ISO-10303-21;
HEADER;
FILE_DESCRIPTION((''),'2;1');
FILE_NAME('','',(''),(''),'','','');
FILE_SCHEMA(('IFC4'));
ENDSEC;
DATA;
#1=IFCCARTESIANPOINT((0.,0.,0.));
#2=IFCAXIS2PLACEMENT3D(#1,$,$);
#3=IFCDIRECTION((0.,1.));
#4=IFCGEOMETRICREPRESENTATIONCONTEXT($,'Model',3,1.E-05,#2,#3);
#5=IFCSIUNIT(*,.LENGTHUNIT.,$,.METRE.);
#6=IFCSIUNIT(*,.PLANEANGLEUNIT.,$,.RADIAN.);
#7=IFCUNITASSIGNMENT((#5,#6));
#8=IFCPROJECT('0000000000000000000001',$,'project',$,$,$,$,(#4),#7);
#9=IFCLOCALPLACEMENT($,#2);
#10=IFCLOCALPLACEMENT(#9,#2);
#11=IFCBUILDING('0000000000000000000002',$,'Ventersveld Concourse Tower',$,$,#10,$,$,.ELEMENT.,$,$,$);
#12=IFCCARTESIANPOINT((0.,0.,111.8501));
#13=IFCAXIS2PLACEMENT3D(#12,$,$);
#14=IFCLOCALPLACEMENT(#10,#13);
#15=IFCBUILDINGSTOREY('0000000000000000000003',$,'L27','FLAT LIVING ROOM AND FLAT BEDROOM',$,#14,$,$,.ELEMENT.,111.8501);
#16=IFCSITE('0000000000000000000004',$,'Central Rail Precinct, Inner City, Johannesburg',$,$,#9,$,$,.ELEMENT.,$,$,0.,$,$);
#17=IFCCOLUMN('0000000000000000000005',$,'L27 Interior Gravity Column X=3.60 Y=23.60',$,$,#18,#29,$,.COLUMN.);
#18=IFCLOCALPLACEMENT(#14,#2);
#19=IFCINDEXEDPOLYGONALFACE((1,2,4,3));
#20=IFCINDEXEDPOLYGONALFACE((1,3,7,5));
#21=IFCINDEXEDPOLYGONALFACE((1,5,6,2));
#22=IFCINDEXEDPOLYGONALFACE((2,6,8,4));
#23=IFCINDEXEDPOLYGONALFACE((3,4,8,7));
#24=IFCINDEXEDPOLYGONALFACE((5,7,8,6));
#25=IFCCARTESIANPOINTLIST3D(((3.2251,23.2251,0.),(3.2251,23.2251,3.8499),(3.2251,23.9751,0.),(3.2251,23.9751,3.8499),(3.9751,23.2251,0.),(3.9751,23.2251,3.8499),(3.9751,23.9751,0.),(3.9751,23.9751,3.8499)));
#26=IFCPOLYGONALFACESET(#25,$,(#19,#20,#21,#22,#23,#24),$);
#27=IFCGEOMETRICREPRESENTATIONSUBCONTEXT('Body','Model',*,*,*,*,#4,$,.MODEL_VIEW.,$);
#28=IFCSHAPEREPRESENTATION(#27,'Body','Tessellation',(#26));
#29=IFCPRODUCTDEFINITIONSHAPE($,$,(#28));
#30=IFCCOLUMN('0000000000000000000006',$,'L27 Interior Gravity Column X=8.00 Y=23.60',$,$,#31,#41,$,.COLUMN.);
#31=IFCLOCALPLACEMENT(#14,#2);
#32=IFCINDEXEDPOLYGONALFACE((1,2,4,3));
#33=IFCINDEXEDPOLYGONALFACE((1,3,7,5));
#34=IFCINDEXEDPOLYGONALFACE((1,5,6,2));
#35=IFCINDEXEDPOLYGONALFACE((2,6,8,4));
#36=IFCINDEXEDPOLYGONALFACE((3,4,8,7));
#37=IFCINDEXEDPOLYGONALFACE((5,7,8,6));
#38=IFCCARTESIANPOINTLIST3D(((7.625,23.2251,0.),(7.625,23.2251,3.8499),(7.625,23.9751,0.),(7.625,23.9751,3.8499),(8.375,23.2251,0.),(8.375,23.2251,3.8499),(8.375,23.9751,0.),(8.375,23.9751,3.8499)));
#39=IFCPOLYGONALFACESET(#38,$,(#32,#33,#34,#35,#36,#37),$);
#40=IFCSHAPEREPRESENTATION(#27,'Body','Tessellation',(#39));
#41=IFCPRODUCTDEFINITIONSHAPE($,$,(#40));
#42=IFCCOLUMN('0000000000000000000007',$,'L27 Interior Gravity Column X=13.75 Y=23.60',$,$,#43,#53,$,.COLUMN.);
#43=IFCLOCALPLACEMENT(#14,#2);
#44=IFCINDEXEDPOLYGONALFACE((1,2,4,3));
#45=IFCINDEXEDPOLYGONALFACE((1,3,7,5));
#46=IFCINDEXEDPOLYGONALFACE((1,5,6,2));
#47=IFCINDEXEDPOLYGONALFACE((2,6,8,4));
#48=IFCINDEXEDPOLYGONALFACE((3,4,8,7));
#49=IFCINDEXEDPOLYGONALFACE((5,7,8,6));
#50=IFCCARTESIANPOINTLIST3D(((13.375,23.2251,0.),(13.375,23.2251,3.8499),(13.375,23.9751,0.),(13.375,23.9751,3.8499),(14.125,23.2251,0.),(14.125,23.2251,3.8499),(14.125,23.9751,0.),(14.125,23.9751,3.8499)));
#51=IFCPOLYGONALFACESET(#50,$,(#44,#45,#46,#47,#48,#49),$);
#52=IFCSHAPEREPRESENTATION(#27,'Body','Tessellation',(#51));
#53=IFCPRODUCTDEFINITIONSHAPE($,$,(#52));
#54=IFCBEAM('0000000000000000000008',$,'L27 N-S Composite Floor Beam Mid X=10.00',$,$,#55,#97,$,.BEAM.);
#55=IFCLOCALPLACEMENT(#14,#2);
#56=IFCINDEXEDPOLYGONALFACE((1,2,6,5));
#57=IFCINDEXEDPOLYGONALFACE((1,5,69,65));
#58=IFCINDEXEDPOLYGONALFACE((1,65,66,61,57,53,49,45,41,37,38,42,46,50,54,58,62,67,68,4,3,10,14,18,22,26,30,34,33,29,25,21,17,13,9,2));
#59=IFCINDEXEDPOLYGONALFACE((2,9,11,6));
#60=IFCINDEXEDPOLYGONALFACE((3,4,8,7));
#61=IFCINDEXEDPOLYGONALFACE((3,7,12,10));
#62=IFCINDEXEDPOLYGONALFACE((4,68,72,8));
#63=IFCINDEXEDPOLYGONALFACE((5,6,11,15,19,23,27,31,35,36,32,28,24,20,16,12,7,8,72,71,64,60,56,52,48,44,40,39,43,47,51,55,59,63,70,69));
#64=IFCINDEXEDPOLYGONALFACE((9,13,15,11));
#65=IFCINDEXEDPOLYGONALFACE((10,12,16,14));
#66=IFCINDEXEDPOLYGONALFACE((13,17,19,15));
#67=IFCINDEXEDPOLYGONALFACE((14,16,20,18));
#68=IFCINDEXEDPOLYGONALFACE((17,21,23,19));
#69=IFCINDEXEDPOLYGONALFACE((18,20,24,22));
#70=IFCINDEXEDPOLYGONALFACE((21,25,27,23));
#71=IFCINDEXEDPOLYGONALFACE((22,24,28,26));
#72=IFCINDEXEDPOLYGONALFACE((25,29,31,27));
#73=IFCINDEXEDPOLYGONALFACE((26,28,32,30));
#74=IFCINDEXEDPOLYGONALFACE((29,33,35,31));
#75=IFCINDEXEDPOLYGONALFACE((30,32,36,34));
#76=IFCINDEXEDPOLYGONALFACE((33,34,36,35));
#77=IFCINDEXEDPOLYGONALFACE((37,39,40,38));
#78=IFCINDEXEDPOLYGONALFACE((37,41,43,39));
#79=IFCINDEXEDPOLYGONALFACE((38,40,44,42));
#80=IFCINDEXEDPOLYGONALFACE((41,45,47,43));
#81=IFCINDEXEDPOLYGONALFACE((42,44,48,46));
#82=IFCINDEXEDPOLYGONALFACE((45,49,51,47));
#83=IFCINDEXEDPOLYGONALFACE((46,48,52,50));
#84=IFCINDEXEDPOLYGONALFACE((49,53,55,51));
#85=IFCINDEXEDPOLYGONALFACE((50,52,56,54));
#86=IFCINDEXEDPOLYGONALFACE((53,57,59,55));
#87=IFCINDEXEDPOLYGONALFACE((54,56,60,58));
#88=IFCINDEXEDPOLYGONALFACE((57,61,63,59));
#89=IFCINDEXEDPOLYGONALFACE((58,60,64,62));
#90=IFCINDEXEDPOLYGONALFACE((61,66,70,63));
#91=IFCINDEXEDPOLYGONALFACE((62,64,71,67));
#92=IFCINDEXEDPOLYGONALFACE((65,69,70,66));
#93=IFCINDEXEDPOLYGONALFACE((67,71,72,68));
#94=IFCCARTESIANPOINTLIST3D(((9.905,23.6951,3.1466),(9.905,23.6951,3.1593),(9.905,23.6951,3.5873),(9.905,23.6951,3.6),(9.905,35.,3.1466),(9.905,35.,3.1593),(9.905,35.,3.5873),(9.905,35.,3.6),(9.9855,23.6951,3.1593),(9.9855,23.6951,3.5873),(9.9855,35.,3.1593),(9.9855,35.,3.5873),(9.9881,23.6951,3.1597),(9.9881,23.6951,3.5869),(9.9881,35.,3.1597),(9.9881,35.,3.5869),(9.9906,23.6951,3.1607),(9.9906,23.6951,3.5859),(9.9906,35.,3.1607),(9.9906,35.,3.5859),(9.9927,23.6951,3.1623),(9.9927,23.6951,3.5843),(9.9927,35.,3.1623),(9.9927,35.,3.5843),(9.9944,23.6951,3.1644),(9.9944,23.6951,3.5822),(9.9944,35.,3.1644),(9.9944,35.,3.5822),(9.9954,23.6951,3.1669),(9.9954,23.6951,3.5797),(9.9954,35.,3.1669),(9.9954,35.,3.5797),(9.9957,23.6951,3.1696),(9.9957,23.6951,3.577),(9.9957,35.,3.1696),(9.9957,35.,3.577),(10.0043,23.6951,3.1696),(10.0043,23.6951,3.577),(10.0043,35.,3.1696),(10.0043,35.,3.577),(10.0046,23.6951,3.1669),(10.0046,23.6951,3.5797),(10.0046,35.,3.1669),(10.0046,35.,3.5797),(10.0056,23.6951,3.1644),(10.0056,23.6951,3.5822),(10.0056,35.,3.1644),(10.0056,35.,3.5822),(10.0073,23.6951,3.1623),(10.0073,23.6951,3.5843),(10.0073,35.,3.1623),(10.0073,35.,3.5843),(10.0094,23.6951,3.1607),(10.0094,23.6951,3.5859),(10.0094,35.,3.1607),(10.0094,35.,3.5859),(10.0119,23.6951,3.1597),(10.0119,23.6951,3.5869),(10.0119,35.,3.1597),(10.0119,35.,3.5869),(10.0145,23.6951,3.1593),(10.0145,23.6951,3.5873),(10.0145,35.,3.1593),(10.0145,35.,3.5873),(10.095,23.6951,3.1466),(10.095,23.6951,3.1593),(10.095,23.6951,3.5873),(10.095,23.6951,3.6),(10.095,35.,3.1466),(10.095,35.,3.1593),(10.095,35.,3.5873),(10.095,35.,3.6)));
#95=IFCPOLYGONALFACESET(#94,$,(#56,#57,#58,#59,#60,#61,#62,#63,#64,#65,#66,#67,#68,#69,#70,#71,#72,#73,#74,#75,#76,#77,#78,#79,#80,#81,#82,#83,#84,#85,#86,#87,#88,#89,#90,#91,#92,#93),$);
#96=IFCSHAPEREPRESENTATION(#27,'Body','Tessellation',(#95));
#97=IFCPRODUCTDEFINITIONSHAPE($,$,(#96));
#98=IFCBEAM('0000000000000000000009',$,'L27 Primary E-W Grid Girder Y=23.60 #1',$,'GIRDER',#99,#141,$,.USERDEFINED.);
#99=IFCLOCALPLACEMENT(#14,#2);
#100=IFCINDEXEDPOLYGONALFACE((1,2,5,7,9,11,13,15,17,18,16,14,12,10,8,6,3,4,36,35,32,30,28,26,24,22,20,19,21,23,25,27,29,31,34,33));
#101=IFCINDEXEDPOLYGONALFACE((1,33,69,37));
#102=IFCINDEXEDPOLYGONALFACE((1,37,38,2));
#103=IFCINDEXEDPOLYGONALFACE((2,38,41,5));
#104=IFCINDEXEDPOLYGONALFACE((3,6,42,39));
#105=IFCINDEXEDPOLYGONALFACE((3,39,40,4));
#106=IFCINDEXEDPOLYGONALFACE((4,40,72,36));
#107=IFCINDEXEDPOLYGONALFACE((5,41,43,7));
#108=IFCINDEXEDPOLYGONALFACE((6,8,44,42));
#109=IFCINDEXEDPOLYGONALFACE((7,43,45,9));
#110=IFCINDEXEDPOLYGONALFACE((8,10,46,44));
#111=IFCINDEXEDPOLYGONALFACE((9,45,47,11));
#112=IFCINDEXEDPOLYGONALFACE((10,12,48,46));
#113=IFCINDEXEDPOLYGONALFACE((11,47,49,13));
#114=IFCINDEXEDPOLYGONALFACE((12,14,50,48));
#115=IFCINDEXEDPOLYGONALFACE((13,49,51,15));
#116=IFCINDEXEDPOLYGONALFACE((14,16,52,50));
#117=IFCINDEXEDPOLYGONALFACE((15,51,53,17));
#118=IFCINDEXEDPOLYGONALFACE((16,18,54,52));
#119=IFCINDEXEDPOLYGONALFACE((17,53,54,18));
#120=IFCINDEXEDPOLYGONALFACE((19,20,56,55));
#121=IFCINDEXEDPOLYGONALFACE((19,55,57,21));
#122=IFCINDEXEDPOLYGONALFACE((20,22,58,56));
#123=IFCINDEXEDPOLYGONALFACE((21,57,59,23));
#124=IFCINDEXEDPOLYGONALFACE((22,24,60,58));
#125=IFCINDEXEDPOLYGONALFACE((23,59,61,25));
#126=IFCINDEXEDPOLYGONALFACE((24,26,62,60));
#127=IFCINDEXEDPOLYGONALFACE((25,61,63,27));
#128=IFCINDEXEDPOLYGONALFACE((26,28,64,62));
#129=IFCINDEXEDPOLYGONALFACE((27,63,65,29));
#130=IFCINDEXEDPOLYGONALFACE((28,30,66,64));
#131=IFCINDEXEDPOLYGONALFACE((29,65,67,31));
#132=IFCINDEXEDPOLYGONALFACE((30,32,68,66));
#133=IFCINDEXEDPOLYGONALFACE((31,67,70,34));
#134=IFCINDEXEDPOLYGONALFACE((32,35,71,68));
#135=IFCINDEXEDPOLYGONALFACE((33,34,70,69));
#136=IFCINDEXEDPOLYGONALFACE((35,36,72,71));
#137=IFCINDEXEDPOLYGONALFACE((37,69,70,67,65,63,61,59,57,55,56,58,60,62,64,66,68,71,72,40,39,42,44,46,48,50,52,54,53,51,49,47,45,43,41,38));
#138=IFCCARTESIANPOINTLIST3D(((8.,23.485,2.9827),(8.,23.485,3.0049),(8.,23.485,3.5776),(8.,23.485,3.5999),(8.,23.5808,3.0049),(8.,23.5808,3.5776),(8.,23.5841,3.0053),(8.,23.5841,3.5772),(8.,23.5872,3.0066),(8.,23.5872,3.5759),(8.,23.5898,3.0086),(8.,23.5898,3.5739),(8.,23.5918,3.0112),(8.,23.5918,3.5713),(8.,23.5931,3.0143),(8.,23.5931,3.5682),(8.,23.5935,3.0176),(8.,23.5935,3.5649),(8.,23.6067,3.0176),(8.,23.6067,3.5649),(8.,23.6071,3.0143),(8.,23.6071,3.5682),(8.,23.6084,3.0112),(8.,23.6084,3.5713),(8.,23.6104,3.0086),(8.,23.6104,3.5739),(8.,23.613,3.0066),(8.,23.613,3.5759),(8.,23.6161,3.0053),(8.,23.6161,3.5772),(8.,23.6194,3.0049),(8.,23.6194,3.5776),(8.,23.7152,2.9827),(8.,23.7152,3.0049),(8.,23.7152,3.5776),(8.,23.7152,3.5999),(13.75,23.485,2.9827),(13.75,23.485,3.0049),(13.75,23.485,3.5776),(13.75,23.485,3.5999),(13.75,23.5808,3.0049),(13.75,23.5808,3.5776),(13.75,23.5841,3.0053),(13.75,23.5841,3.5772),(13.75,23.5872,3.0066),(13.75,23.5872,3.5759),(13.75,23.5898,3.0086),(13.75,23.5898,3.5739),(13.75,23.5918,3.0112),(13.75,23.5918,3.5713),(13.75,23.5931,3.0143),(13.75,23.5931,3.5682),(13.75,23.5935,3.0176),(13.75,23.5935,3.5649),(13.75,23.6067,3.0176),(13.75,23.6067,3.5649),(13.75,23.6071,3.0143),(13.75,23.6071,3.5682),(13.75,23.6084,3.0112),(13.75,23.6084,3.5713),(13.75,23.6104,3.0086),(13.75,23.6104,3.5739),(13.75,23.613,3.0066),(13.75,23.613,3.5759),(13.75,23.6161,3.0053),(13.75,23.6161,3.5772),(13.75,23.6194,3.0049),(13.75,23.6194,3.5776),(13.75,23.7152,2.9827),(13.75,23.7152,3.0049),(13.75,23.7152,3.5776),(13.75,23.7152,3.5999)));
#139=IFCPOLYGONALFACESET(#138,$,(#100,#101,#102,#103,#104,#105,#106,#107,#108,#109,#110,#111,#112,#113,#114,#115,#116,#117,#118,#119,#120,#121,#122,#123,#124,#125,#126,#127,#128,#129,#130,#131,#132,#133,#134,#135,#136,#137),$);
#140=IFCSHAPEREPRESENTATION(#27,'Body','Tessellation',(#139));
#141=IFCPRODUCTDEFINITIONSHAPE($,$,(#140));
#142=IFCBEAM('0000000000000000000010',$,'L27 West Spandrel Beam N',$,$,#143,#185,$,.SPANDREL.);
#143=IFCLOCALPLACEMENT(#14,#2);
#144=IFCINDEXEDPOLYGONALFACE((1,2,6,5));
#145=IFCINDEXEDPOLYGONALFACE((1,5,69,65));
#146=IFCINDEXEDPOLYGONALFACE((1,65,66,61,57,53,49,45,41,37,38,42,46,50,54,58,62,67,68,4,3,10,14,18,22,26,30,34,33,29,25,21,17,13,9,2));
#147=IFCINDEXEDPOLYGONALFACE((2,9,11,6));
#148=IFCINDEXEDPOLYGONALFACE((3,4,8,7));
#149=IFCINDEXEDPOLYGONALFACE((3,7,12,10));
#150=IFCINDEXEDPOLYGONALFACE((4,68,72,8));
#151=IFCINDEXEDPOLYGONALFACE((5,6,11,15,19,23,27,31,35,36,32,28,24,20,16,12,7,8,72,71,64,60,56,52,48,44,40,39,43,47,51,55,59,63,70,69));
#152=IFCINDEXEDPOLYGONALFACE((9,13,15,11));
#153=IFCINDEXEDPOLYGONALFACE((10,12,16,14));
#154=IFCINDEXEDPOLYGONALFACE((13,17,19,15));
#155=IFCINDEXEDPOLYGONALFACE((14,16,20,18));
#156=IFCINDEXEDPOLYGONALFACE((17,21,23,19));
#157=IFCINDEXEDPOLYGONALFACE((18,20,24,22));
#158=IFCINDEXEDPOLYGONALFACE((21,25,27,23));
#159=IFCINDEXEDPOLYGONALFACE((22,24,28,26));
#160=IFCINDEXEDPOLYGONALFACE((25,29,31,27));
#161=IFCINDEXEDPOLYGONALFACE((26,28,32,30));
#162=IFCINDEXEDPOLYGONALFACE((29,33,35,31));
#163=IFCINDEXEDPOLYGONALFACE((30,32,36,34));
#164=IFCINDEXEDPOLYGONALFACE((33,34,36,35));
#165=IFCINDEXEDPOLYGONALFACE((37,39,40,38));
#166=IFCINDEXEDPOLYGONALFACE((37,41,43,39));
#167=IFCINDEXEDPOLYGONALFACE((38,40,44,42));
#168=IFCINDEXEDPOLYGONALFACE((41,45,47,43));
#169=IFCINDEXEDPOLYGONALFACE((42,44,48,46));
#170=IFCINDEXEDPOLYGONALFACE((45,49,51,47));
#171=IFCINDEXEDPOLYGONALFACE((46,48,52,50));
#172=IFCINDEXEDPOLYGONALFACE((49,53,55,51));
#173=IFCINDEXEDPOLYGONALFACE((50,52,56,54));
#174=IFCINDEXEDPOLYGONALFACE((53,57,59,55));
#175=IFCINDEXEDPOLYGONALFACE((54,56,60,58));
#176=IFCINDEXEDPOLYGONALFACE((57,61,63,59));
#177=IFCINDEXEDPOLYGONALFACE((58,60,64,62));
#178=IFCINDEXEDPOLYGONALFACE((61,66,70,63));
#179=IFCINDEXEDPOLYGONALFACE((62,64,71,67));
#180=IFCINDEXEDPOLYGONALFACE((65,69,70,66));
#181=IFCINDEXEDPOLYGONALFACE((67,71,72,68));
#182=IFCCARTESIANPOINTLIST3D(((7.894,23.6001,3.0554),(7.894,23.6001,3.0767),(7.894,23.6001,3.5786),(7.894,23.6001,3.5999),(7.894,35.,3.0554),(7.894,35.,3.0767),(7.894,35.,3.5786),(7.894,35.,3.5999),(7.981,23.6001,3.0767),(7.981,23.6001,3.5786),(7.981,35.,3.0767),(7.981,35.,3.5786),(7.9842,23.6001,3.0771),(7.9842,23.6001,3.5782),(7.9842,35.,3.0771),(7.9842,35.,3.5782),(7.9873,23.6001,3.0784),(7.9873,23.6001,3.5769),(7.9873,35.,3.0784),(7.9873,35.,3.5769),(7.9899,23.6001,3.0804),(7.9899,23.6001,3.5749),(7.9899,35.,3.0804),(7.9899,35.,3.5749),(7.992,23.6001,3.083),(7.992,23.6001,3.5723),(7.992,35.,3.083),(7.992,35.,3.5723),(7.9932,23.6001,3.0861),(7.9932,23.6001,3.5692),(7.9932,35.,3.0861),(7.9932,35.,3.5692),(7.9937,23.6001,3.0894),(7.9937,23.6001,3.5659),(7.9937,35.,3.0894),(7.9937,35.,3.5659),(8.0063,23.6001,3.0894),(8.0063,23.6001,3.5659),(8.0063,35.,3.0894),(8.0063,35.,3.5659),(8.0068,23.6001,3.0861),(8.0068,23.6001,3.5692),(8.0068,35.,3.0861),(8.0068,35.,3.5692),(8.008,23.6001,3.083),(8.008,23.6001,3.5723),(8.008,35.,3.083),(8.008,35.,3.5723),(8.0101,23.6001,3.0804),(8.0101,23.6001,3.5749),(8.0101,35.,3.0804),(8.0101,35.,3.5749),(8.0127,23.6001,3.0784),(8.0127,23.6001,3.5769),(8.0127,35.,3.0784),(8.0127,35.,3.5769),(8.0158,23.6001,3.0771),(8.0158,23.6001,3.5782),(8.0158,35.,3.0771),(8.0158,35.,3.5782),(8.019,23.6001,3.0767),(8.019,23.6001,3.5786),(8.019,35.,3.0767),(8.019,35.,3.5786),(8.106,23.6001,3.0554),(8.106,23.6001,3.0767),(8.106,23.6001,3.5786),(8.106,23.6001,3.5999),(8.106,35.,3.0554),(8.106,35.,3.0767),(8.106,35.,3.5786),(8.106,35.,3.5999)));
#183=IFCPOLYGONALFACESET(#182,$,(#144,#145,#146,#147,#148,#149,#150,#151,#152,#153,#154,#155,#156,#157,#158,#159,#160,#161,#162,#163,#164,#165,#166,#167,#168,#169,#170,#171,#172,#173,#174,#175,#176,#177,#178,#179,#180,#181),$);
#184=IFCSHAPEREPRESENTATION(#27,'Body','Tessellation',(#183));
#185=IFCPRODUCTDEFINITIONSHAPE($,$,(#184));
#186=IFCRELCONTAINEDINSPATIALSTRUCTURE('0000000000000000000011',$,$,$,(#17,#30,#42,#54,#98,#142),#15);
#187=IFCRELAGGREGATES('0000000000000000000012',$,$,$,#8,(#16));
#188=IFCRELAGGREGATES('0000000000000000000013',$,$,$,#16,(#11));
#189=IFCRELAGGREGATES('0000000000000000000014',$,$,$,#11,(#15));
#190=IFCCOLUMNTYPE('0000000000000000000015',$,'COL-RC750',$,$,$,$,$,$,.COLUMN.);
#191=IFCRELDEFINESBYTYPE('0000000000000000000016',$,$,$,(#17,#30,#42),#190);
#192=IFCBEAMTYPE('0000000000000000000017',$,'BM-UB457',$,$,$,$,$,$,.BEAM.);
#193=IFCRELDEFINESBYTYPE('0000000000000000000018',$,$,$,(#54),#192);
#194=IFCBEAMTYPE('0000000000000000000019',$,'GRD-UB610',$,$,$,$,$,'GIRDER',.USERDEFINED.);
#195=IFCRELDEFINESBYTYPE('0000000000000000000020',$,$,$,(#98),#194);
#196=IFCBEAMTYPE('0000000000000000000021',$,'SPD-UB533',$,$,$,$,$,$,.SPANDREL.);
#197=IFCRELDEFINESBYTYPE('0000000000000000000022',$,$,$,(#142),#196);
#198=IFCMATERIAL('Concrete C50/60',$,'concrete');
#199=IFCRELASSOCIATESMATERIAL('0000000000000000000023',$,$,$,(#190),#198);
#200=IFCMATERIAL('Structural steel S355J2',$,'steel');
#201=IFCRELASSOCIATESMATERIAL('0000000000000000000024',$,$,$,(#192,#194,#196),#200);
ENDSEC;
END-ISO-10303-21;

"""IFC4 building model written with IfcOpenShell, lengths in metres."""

from ifc_helpers import new_model, si_unit, direction, frame, origin, origin_2d, place, context, subcontext, project, spatial, rectangle, i_section, extrude, material, material_profile, profile_set, type_object, element, save


model = new_model("IFC4")

# Units and contexts
model_context = context("Model", 3, precision=1e-05, world=origin(), true_north=direction((0.0, 1.0)))
body_context = subcontext(model_context, "Body", "Model", "MODEL_VIEW")
ifc_project = project(units=[si_unit("LENGTHUNIT", "METRE"), si_unit("PLANEANGLEUNIT", "RADIAN")], contexts=[model_context])

# Site, building, storey
site_placement = place(None, origin())
site = spatial("IfcSite", under=ifc_project, at=site_placement, Name="Central Rail Precinct, Inner City, Johannesburg", CompositionType="ELEMENT", RefElevation=0.0)
building_placement = place(site_placement, origin())
building = spatial("IfcBuilding", under=site, at=building_placement, Name="Ventersveld Concourse Tower", CompositionType="ELEMENT")
storey_placement = place(building_placement, frame((0.0, 0.0, 111.8501)))
storey = spatial("IfcBuildingStorey", under=building, at=storey_placement, Name="L27", Description="FLAT LIVING ROOM AND FLAT BEDROOM", CompositionType="ELEMENT", Elevation=111.8501)

# Columns
ifc_material_1 = material(Name="Concrete C50/60", Category="concrete")
ifc_material_profile_1 = material_profile(ifc_material_1, rectangle(XDim=0.75, YDim=0.75, at=origin_2d()), Name="RC 750x750")
ifc_profile_set_1 = profile_set([ifc_material_profile_1], Name="Concrete C50/60")
column_type = type_object("IfcColumnType", Name="COL-RC750", PredefinedType="COLUMN", material=ifc_profile_set_1)
for number, where, z_axis, x_axis, name in (
    (1, (3.6001, 23.6001, 0.0), (0.0, 0.0, 1.0), (1.0, 0.0, 0.0), "L27 Interior Gravity Column X=3.60 Y=23.60"),
    (2, (8.0, 23.6001, 0.0), (0.0, 0.0, 1.0), (1.0, 0.0, 0.0), "L27 Interior Gravity Column X=8.00 Y=23.60"),
    (3, (13.75, 23.6001, 0.0), (0.0, 0.0, 1.0), (1.0, 0.0, 0.0), "L27 Interior Gravity Column X=13.75 Y=23.60"),
):
    element("IfcColumn", number, at=place(storey_placement, frame(where, z_axis=z_axis, x_axis=x_axis)), inside=storey, type_object=column_type, Name=name, PredefinedType="COLUMN", context=body_context, shape_type="SweptSolid", body=[
        extrude(rectangle(XDim=0.75, YDim=0.75, at=origin_2d()), origin(), (0.0, 0.0, 1.0), 3.8499),
    ])

# Beams
ifc_material_2 = material(Name="Structural steel S355J2", Category="steel")
ifc_material_profile_2 = material_profile(ifc_material_2, i_section(OverallWidth=0.1899, OverallDepth=0.4534, WebThickness=0.0085, FlangeThickness=0.0127, FilletRadius=0.0103, at=origin_2d()), Name="UB 457x191x67")
ifc_profile_set_2 = profile_set([ifc_material_profile_2], Name="Structural steel S355J2")
beam_type_1 = type_object("IfcBeamType", Name="BM-UB457", PredefinedType="BEAM", material=ifc_profile_set_2)
beam_1_placement = place(storey_placement, frame((10.0, 23.6951, 3.3733), z_axis=(0.0, 1.0, 0.0), x_axis=(-1.0, 0.0, 0.0)))
element("IfcBeam", 4, at=beam_1_placement, inside=storey, type_object=beam_type_1, Name="L27 N-S Composite Floor Beam Mid X=10.00", PredefinedType="BEAM", context=body_context, shape_type="SweptSolid", body=[
    extrude(i_section(OverallWidth=0.1899, OverallDepth=0.4534, WebThickness=0.0085, FlangeThickness=0.0127, FilletRadius=0.0103, at=origin_2d()), origin(), (0.0, 0.0, 1.0), 11.3049),
])
ifc_material_profile_3 = material_profile(ifc_material_2, i_section(OverallWidth=0.2302, OverallDepth=0.6172, WebThickness=0.0132, FlangeThickness=0.0222, FilletRadius=0.0127, at=origin_2d()), Name="UB 610x229x140")
ifc_profile_set_3 = profile_set([ifc_material_profile_3], Name="Structural steel S355J2")
beam_type_2 = type_object("IfcBeamType", Name="GRD-UB610", ElementType="GIRDER", PredefinedType="USERDEFINED", material=ifc_profile_set_3)
beam_2_placement = place(storey_placement, frame((8.0, 23.6001, 3.2913), z_axis=(1.0, 0.0, 0.0), x_axis=(0.0, 1.0, 0.0)))
element("IfcBeam", 5, at=beam_2_placement, inside=storey, type_object=beam_type_2, Name="L27 Primary E-W Grid Girder Y=23.60 #1", ObjectType="GIRDER", PredefinedType="USERDEFINED", context=body_context, shape_type="SweptSolid", body=[
    extrude(i_section(OverallWidth=0.2302, OverallDepth=0.6172, WebThickness=0.0132, FlangeThickness=0.0222, FilletRadius=0.0127, at=origin_2d()), origin(), (0.0, 0.0, 1.0), 5.75),
])
ifc_material_profile_4 = material_profile(ifc_material_2, i_section(OverallWidth=0.2119, OverallDepth=0.5444, WebThickness=0.0127, FlangeThickness=0.0212, FilletRadius=0.0127, at=origin_2d()), Name="UB 533x210x122")
ifc_profile_set_4 = profile_set([ifc_material_profile_4], Name="Structural steel S355J2")
beam_type_3 = type_object("IfcBeamType", Name="SPD-UB533", PredefinedType="SPANDREL", material=ifc_profile_set_4)
beam_3_placement = place(storey_placement, frame((8.0, 23.6001, 3.3276), z_axis=(0.0, 1.0, 0.0), x_axis=(-1.0, 0.0, 0.0)))
element("IfcBeam", 6, at=beam_3_placement, inside=storey, type_object=beam_type_3, Name="L27 West Spandrel Beam N", PredefinedType="SPANDREL", context=body_context, shape_type="SweptSolid", body=[
    extrude(i_section(OverallWidth=0.2119, OverallDepth=0.5444, WebThickness=0.0127, FlangeThickness=0.0212, FilletRadius=0.0127, at=origin_2d()), origin(), (0.0, 0.0, 1.0), 11.3999),
])

save(model, "model.ifc")
